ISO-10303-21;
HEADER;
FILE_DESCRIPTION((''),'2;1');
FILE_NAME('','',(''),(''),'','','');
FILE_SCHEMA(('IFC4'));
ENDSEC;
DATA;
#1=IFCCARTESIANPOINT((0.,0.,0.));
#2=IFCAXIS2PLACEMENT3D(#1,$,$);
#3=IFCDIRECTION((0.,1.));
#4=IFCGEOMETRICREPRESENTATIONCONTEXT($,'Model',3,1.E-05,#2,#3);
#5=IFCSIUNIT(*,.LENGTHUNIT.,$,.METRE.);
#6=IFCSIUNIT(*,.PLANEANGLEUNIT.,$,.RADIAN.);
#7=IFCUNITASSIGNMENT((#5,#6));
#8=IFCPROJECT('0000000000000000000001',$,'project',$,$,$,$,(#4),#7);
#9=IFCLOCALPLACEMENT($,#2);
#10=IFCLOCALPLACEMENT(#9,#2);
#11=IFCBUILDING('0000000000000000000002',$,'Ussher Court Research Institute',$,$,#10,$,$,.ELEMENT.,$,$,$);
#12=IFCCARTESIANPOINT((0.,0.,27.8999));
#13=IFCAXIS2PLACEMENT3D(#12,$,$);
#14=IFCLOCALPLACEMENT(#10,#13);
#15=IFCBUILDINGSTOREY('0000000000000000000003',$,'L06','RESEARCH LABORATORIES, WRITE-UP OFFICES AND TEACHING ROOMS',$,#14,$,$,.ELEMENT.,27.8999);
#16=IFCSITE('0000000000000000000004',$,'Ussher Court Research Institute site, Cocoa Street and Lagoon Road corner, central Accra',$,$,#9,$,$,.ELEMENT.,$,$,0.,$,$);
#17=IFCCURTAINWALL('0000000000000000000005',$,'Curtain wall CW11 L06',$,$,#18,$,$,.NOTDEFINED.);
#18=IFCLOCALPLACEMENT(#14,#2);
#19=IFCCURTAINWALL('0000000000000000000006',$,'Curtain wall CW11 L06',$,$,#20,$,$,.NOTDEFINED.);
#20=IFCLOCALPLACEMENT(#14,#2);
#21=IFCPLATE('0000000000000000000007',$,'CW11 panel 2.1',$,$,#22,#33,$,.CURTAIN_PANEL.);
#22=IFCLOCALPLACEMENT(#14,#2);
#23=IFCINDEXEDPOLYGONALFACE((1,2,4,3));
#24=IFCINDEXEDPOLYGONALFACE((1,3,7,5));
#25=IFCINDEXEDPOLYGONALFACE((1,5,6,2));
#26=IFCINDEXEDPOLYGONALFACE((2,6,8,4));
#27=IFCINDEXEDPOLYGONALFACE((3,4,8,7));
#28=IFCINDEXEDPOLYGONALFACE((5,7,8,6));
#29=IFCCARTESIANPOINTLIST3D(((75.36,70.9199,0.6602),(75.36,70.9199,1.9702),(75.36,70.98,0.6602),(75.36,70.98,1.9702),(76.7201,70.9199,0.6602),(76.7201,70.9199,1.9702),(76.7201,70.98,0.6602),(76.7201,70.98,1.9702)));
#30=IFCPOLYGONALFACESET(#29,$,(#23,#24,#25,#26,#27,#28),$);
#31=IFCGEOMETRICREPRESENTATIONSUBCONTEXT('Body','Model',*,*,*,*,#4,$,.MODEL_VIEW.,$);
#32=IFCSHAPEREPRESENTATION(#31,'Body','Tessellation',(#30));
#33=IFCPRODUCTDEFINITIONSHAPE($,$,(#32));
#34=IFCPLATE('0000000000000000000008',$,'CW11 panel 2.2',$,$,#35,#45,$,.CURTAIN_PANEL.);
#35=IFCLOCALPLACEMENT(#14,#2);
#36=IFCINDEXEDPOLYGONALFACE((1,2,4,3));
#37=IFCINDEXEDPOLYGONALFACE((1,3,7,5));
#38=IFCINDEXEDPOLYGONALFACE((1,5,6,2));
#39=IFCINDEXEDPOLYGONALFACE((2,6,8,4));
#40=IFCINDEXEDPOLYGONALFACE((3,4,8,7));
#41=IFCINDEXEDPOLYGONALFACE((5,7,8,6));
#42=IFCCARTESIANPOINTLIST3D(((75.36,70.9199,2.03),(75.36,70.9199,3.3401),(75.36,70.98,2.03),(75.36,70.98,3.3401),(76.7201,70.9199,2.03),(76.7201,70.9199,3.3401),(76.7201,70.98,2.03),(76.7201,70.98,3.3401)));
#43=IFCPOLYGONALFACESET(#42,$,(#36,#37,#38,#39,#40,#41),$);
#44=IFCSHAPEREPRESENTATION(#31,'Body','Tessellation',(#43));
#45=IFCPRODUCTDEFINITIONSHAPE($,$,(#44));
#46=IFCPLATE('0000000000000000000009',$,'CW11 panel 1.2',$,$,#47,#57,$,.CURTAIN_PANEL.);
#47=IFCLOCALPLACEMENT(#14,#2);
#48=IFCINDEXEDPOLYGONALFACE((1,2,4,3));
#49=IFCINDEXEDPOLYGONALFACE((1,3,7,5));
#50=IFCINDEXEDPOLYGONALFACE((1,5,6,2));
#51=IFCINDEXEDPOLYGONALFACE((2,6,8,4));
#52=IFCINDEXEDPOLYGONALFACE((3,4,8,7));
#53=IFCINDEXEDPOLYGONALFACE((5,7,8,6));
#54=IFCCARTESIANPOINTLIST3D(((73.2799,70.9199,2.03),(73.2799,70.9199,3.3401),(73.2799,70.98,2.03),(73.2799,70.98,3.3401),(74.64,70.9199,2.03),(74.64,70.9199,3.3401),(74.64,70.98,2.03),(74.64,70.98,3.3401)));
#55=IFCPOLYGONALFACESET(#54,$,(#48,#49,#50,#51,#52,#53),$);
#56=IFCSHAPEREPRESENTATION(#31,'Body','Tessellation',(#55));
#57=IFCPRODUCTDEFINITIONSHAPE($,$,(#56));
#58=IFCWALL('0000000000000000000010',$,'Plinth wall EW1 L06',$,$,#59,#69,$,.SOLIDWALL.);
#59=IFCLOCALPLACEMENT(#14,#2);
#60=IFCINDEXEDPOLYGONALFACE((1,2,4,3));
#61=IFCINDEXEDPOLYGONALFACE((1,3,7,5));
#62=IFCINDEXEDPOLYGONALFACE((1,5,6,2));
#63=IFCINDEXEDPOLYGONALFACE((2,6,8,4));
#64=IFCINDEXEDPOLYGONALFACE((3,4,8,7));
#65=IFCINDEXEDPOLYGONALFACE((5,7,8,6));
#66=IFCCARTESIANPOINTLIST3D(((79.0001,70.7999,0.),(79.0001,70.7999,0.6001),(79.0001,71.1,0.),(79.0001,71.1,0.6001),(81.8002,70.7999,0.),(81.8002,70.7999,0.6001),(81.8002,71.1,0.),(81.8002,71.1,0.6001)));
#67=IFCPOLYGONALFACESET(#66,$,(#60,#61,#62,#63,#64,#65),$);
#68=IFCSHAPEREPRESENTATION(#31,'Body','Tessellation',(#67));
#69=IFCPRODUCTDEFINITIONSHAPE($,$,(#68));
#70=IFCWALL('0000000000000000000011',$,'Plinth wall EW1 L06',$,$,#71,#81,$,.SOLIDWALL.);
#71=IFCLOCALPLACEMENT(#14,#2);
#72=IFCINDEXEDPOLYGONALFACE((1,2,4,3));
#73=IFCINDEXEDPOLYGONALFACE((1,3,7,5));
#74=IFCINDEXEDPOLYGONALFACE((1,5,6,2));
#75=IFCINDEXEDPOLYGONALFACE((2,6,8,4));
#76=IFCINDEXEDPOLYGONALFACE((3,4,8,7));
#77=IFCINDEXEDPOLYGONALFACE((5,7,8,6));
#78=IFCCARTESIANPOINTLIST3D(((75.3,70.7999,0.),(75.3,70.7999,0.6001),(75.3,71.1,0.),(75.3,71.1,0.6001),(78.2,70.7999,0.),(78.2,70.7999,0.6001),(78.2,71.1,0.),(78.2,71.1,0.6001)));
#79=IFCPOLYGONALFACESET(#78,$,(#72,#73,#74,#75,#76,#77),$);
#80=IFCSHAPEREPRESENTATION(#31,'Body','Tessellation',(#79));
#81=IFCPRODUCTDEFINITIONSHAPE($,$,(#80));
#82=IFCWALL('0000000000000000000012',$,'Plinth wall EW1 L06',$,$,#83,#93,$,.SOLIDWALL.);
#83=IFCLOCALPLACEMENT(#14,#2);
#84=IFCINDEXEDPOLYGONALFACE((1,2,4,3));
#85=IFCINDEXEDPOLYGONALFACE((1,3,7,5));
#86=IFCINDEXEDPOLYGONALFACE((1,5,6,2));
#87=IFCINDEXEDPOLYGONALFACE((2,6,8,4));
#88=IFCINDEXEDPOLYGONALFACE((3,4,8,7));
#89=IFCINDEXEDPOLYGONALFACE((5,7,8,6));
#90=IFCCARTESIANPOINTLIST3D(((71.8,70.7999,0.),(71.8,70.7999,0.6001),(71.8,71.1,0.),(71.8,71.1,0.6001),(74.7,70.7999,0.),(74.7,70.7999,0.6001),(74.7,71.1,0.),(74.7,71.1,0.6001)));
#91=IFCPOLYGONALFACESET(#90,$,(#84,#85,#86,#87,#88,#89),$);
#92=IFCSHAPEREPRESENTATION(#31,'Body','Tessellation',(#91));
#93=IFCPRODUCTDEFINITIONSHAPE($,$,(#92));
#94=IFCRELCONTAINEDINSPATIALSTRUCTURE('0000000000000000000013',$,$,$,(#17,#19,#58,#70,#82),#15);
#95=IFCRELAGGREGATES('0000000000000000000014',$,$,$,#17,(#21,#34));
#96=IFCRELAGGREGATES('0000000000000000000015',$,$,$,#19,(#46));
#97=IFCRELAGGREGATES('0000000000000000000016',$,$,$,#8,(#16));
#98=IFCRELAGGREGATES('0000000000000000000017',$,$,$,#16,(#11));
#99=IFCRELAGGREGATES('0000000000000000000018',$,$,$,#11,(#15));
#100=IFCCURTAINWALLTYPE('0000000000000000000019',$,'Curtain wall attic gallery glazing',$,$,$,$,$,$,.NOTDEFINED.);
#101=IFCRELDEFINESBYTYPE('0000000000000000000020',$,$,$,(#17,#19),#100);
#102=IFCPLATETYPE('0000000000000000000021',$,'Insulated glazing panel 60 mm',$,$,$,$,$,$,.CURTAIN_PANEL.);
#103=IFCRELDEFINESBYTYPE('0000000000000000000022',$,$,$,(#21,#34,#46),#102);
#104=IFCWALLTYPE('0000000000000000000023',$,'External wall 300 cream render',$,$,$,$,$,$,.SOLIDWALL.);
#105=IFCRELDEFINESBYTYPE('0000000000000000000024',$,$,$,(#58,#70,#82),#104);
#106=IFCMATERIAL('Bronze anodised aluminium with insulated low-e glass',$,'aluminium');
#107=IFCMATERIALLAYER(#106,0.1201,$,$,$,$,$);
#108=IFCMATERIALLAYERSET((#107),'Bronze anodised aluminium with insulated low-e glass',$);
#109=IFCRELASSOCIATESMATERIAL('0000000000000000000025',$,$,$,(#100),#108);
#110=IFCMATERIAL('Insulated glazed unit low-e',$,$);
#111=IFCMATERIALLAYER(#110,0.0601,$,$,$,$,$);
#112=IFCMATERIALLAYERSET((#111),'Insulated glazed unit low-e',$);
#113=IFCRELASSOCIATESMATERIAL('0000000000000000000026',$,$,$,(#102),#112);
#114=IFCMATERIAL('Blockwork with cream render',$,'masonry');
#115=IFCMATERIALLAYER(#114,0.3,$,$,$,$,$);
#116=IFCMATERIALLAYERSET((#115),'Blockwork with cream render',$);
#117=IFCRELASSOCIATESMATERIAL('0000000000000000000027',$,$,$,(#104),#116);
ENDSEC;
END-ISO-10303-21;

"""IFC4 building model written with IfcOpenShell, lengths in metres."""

from ifc_helpers import new_model, si_unit, direction, frame, frame_2d, origin, origin_2d, place, context, subcontext, project, spatial, rectangle, extrude, material, layer, layer_set, type_object, element, aggregate, save


model = new_model("IFC4")

# Units and contexts
model_context = context("Model", 3, precision=1e-05, world=origin(), true_north=direction((0.0, 1.0)))
body_context = subcontext(model_context, "Body", "Model", "MODEL_VIEW")
ifc_project = project(units=[si_unit("LENGTHUNIT", "METRE"), si_unit("PLANEANGLEUNIT", "RADIAN")], contexts=[model_context])

# Site, building, storey
site_placement = place(None, origin())
site = spatial("IfcSite", under=ifc_project, at=site_placement, Name="Ussher Court Research Institute site, Cocoa Street and Lagoon Road corner, central Accra", CompositionType="ELEMENT", RefElevation=0.0)
building_placement = place(site_placement, origin())
building = spatial("IfcBuilding", under=site, at=building_placement, Name="Ussher Court Research Institute", CompositionType="ELEMENT")
storey_placement = place(building_placement, frame((0.0, 0.0, 27.8999)))
storey = spatial("IfcBuildingStorey", under=building, at=storey_placement, Name="L06", Description="RESEARCH LABORATORIES, WRITE-UP OFFICES AND TEACHING ROOMS", CompositionType="ELEMENT", Elevation=27.8999)

# Curtain wall
ifc_material_1 = material(Name="Bronze anodised aluminium with insulated low-e glass", Category="aluminium")
ifc_layer_1 = layer(ifc_material_1, 0.1201)
ifc_layer_set_1 = layer_set([ifc_layer_1], Name="Bronze anodised aluminium with insulated low-e glass")
curtain_wall_type = type_object("IfcCurtainWallType", Name="Curtain wall attic gallery glazing", PredefinedType="NOTDEFINED", material=ifc_layer_set_1)
curtain_wall_1_placement = place(storey_placement, origin())
curtain_wall_1 = element("IfcCurtainWall", 1, at=curtain_wall_1_placement, inside=storey, type_object=curtain_wall_type, Name="Curtain wall CW11 L06", PredefinedType="NOTDEFINED")

# Curtain wall
curtain_wall_2_placement = place(storey_placement, origin())
curtain_wall_2 = element("IfcCurtainWall", 2, at=curtain_wall_2_placement, inside=storey, type_object=curtain_wall_type, Name="Curtain wall CW11 L06", PredefinedType="NOTDEFINED")

# Plates
ifc_material_2 = material(Name="Insulated glazed unit low-e")
ifc_layer_2 = layer(ifc_material_2, 0.0601)
ifc_layer_set_2 = layer_set([ifc_layer_2], Name="Insulated glazed unit low-e")
plate_type = type_object("IfcPlateType", Name="Insulated glazing panel 60 mm", PredefinedType="CURTAIN_PANEL", material=ifc_layer_set_2)
plate_1_placement = place(storey_placement, frame((76.04, 70.95, 0.6602), z_axis=(0.0, 0.0, 1.0), x_axis=(-1.0, 0.0, 0.0)))
plate_1 = element("IfcPlate", 3, at=plate_1_placement, type_object=plate_type, Name="CW11 panel 2.1", PredefinedType="CURTAIN_PANEL", context=body_context, shape_type="SweptSolid", body=[
    extrude(rectangle(XDim=1.3601, YDim=0.0601, at=origin_2d()), origin(), (0.0, 0.0, 1.0), 1.3101),
])
plate_2_placement = place(storey_placement, frame((76.04, 70.95, 2.03), z_axis=(0.0, 0.0, 1.0), x_axis=(-1.0, 0.0, 0.0)))
plate_2 = element("IfcPlate", 4, at=plate_2_placement, type_object=plate_type, Name="CW11 panel 2.2", PredefinedType="CURTAIN_PANEL", context=body_context, shape_type="SweptSolid", body=[
    extrude(rectangle(XDim=1.3601, YDim=0.0601, at=origin_2d()), origin(), (0.0, 0.0, 1.0), 1.3101),
])
aggregate(curtain_wall_1, [plate_1, plate_2])
plate_3_placement = place(storey_placement, frame((73.96, 70.95, 2.03), z_axis=(0.0, 0.0, 1.0), x_axis=(-1.0, 0.0, 0.0)))
plate_3 = element("IfcPlate", 5, at=plate_3_placement, type_object=plate_type, Name="CW11 panel 1.2", PredefinedType="CURTAIN_PANEL", context=body_context, shape_type="SweptSolid", body=[
    extrude(rectangle(XDim=1.3601, YDim=0.0601, at=origin_2d()), origin(), (0.0, 0.0, 1.0), 1.3101),
])
aggregate(curtain_wall_2, [plate_3])

# Walls
ifc_material_3 = material(Name="Blockwork with cream render", Category="masonry")
ifc_layer_3 = layer(ifc_material_3, 0.3)
ifc_layer_set_3 = layer_set([ifc_layer_3], Name="Blockwork with cream render")
wall_type = type_object("IfcWallType", Name="External wall 300 cream render", PredefinedType="SOLIDWALL", material=ifc_layer_set_3)
wall_placement = place(storey_placement, frame((81.8, 70.95, 0.0), z_axis=(0.0, 0.0, 1.0), x_axis=(-1.0, 0.0, 0.0)))
element("IfcWall", 6, at=wall_placement, inside=storey, type_object=wall_type, Name="Plinth wall EW1 L06", PredefinedType="SOLIDWALL", context=body_context, shape_type="SweptSolid", body=[
    extrude(rectangle(XDim=2.8, YDim=0.3, at=frame_2d((1.3999, 0.0))), origin(), (0.0, 0.0, 1.0), 0.6001),
])
for number, where, z_axis, x_axis, name in (
    (7, (78.2, 70.95, 0.0), (0.0, 0.0, 1.0), (-1.0, 0.0, 0.0), "Plinth wall EW1 L06"),
    (8, (74.7, 70.95, 0.0), (0.0, 0.0, 1.0), (-1.0, 0.0, 0.0), "Plinth wall EW1 L06"),
):
    element("IfcWall", number, at=place(storey_placement, frame(where, z_axis=z_axis, x_axis=x_axis)), inside=storey, type_object=wall_type, Name=name, PredefinedType="SOLIDWALL", context=body_context, shape_type="SweptSolid", body=[
        extrude(rectangle(XDim=2.8999, YDim=0.3, at=frame_2d((1.45, 0.0))), origin(), (0.0, 0.0, 1.0), 0.6001),
    ])

save(model, "model.ifc")
